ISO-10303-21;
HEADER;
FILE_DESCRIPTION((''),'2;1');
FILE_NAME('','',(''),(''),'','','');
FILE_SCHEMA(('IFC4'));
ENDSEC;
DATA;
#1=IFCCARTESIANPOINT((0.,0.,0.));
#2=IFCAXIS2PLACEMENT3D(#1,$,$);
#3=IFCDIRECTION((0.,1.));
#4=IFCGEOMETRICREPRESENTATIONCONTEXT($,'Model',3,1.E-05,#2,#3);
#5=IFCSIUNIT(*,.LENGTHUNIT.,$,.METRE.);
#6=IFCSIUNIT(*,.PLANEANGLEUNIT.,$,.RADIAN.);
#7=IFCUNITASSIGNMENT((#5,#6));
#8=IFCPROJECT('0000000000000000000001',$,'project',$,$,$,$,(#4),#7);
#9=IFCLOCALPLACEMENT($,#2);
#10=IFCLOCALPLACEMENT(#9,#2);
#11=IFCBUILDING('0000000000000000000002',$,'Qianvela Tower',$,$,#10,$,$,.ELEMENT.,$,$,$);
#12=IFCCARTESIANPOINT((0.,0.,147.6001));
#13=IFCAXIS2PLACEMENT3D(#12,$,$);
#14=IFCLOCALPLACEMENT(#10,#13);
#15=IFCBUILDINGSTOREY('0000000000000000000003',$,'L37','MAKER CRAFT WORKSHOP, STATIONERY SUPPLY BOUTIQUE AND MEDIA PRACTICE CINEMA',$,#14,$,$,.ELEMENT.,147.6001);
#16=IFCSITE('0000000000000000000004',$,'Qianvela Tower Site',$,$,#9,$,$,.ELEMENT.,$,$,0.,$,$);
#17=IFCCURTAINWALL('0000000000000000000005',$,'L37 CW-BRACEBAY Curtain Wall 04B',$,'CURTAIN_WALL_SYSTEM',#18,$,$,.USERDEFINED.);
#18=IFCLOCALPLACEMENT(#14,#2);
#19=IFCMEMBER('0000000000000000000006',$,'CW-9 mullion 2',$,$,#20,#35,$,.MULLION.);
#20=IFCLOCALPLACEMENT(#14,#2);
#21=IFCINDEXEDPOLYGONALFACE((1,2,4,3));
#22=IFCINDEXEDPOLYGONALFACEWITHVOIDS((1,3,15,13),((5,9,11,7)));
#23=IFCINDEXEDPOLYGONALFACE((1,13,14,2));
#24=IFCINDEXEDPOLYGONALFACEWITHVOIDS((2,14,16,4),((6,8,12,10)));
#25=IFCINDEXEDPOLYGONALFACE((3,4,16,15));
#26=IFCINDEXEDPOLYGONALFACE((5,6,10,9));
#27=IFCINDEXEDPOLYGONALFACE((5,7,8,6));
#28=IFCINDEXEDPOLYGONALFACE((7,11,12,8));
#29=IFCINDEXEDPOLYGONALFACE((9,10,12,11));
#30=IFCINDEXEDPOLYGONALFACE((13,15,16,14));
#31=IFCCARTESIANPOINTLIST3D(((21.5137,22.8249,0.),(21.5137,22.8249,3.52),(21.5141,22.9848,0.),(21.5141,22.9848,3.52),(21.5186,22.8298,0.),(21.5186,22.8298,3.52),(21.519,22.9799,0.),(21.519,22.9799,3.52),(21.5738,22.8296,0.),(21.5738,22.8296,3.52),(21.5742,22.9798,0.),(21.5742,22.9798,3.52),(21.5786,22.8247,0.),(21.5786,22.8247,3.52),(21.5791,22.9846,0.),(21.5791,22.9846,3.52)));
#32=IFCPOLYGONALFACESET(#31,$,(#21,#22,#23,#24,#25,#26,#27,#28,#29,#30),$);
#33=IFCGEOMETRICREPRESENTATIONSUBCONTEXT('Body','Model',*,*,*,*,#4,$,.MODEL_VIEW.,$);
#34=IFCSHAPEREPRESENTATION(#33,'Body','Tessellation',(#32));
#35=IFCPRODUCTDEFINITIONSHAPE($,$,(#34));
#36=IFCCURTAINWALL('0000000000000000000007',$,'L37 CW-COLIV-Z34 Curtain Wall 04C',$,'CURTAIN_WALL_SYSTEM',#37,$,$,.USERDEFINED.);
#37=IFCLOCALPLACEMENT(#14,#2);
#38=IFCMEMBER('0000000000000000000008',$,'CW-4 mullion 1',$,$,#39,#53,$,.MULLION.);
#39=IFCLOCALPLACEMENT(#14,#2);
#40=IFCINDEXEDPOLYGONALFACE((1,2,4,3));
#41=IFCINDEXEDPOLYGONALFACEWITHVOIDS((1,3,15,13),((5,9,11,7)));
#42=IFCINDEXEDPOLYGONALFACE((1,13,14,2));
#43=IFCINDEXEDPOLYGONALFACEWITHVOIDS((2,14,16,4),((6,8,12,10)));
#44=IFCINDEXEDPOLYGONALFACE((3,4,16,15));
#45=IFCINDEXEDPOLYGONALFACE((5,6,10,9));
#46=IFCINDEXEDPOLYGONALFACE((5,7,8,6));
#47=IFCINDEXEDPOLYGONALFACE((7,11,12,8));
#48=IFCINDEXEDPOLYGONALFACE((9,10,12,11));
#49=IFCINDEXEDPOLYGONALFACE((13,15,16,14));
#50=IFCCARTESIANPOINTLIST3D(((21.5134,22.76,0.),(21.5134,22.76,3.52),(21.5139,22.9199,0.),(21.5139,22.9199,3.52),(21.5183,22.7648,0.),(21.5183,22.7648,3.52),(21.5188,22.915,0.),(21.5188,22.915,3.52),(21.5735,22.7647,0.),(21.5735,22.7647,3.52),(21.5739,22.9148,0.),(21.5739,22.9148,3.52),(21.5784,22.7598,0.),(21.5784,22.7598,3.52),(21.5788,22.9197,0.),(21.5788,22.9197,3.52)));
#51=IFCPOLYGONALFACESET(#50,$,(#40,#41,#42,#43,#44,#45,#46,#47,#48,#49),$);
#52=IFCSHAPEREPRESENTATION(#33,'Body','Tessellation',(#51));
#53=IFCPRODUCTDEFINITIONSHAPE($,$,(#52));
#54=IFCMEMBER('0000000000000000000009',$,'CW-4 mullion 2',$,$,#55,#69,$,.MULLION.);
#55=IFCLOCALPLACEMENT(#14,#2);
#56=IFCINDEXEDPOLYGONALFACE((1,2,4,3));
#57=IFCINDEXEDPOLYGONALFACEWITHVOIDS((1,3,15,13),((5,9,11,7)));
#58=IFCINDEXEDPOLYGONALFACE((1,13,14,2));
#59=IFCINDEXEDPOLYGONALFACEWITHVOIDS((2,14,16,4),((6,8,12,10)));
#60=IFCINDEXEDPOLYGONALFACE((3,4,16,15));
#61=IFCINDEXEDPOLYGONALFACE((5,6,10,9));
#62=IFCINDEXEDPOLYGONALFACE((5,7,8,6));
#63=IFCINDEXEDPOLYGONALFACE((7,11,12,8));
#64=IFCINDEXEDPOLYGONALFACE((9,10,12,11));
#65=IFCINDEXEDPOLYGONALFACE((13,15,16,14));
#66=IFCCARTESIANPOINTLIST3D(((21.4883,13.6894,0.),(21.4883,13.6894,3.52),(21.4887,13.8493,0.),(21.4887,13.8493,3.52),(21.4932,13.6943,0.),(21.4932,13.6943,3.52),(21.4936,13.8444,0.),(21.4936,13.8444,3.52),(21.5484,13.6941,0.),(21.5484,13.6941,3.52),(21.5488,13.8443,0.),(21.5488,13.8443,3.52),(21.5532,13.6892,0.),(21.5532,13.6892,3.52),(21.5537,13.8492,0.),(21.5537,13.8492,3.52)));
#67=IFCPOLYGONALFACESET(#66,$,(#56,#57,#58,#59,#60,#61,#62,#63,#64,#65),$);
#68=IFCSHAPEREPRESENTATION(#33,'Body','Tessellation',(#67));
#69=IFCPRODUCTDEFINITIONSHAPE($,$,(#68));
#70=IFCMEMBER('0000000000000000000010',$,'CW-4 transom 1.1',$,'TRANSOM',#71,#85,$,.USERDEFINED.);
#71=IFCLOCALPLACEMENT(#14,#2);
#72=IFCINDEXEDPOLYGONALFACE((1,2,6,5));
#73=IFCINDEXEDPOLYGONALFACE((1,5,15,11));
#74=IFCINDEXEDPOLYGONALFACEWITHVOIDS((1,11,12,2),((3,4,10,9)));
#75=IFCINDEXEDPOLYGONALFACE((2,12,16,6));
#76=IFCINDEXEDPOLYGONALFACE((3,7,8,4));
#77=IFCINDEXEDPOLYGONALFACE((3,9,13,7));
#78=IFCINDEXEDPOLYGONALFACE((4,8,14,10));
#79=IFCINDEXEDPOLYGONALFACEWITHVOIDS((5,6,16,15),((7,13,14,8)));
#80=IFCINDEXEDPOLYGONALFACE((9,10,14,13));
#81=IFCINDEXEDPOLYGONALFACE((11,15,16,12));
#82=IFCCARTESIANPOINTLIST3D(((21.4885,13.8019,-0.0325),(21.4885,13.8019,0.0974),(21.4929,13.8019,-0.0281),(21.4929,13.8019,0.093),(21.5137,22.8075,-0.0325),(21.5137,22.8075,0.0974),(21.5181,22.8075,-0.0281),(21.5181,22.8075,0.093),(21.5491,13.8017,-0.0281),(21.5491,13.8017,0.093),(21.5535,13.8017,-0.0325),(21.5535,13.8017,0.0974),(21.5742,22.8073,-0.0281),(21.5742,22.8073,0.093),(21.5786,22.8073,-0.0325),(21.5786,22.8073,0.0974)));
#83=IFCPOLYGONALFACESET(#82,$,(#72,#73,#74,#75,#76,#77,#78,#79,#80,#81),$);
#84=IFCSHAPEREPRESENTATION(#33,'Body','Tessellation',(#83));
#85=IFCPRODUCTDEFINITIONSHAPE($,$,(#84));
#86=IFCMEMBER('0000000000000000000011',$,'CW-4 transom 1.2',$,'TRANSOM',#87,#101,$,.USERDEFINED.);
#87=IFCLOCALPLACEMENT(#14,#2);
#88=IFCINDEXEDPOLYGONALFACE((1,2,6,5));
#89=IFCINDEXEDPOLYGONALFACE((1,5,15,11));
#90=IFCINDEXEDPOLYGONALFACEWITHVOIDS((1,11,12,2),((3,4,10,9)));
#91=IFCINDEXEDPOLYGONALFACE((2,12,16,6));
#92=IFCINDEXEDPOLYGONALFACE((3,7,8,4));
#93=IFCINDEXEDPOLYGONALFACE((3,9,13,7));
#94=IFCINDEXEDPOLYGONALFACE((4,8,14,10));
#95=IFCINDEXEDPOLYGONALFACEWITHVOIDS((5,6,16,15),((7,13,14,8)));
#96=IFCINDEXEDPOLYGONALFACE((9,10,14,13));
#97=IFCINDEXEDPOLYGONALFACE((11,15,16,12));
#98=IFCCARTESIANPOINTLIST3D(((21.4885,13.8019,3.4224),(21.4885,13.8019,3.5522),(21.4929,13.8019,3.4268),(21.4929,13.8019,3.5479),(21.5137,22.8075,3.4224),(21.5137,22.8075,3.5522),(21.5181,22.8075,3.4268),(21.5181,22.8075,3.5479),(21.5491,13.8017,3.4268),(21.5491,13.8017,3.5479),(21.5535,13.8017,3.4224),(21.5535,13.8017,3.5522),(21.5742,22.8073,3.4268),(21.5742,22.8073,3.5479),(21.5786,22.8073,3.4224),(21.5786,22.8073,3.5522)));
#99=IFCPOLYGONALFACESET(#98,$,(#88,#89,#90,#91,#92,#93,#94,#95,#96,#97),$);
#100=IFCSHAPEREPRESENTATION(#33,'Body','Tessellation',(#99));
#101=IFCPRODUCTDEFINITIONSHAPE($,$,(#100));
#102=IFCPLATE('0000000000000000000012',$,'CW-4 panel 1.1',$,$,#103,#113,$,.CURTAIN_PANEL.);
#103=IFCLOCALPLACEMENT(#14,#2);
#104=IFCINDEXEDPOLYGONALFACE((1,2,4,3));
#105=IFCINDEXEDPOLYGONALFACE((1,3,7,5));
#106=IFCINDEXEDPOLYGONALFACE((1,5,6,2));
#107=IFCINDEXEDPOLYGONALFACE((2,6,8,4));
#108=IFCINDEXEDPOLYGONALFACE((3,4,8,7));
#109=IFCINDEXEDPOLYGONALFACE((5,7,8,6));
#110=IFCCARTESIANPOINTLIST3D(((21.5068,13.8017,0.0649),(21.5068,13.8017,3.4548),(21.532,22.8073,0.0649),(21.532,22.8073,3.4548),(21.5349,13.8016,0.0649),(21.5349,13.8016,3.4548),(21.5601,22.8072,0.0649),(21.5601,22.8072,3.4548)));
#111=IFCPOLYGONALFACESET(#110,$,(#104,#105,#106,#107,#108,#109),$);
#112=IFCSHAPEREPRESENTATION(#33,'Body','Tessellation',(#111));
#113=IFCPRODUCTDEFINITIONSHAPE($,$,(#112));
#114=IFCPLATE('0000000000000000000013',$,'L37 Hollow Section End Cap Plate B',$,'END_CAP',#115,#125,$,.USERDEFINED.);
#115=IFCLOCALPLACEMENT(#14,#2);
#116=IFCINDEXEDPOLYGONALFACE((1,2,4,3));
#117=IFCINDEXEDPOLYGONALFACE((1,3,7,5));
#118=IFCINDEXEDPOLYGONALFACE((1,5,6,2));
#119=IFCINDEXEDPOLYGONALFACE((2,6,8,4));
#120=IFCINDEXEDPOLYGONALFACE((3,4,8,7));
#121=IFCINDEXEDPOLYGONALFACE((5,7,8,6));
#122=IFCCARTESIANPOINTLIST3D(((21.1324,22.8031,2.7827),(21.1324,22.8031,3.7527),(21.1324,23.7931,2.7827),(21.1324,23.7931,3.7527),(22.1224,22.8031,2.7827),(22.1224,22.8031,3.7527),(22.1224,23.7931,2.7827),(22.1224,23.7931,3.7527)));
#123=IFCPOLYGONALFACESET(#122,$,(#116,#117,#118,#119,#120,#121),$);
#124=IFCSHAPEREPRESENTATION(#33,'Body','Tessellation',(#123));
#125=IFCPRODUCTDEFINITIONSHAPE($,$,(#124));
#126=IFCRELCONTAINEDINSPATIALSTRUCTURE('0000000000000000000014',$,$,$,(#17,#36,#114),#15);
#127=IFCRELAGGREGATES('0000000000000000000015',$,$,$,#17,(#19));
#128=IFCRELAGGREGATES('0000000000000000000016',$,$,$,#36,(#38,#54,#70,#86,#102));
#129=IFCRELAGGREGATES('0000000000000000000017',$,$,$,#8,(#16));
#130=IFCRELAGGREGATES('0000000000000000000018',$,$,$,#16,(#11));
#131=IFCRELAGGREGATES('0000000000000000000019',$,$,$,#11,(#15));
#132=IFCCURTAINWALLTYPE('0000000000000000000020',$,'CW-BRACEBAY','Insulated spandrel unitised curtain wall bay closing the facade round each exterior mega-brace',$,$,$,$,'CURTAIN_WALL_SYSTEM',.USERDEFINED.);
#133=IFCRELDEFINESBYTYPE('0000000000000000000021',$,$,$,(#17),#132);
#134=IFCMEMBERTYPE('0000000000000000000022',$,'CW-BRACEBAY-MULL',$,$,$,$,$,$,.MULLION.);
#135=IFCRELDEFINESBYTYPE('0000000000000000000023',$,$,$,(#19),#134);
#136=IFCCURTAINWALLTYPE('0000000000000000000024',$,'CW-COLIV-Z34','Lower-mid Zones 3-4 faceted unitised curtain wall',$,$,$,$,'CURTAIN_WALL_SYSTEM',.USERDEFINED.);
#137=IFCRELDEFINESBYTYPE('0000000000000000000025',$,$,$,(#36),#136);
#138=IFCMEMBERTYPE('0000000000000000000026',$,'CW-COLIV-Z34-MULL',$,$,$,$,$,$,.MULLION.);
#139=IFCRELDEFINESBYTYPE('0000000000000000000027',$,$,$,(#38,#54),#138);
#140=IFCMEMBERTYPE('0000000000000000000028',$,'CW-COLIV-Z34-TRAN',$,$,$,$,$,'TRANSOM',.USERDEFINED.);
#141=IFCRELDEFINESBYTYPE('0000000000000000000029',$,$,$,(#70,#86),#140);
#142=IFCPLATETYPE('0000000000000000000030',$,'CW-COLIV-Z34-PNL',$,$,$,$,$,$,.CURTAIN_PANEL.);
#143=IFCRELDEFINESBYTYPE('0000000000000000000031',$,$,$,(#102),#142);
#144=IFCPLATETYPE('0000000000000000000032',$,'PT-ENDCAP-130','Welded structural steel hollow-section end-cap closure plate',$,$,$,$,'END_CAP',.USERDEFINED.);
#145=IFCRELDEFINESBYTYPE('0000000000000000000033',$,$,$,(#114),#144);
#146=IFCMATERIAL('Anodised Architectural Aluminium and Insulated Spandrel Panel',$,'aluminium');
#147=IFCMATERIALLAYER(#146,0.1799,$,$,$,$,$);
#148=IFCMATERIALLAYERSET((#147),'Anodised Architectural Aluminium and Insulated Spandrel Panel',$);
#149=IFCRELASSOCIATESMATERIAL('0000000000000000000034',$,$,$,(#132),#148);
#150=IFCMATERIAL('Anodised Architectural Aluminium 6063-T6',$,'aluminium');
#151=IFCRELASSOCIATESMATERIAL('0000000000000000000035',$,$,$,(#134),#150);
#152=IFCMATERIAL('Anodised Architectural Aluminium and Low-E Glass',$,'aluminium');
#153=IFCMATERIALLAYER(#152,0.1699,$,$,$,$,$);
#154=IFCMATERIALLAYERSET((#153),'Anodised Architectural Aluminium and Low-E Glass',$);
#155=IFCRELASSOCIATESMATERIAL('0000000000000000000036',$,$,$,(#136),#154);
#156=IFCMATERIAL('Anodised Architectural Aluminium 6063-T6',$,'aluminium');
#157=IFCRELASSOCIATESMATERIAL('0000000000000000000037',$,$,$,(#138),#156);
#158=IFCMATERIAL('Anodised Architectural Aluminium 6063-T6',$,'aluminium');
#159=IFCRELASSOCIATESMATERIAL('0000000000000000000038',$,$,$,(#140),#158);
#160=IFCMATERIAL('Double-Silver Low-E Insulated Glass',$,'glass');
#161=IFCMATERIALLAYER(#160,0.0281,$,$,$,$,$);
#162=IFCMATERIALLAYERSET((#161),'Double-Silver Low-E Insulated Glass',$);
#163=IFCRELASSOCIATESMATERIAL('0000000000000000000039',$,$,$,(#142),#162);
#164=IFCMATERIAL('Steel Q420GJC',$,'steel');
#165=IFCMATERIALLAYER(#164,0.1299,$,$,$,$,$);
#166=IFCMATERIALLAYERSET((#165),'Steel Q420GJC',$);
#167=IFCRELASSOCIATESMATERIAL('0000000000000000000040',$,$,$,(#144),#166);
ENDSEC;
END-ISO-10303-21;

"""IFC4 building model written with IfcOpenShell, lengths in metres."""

from ifc_helpers import new_model, si_unit, direction, frame, origin, origin_2d, place, context, subcontext, project, spatial, rectangle, hollow_rectangle, extrude, material, layer, layer_set, material_profile, profile_set, type_object, element, aggregate, save


model = new_model("IFC4")

# Units and contexts
model_context = context("Model", 3, precision=1e-05, world=origin(), true_north=direction((0.0, 1.0)))
body_context = subcontext(model_context, "Body", "Model", "MODEL_VIEW")
ifc_project = project(units=[si_unit("LENGTHUNIT", "METRE"), si_unit("PLANEANGLEUNIT", "RADIAN")], contexts=[model_context])

# Site, building, storey
site_placement = place(None, origin())
site = spatial("IfcSite", under=ifc_project, at=site_placement, Name="Qianvela Tower Site", CompositionType="ELEMENT", RefElevation=0.0)
building_placement = place(site_placement, origin())
building = spatial("IfcBuilding", under=site, at=building_placement, Name="Qianvela Tower", CompositionType="ELEMENT")
storey_placement = place(building_placement, frame((0.0, 0.0, 147.6001)))
storey = spatial("IfcBuildingStorey", under=building, at=storey_placement, Name="L37", Description="MAKER CRAFT WORKSHOP, STATIONERY SUPPLY BOUTIQUE AND MEDIA PRACTICE CINEMA", CompositionType="ELEMENT", Elevation=147.6001)

# Curtain wall, member
ifc_material_1 = material(Name="Anodised Architectural Aluminium and Insulated Spandrel Panel", Category="aluminium")
ifc_layer_1 = layer(ifc_material_1, 0.1799)
ifc_layer_set_1 = layer_set([ifc_layer_1], Name="Anodised Architectural Aluminium and Insulated Spandrel Panel")
curtain_wall_type_1 = type_object("IfcCurtainWallType", Name="CW-BRACEBAY", Description="Insulated spandrel unitised curtain wall bay closing the facade round each exterior mega-brace", ElementType="CURTAIN_WALL_SYSTEM", PredefinedType="USERDEFINED", material=ifc_layer_set_1)
curtain_wall_1_placement = place(storey_placement, origin())
curtain_wall_1 = element("IfcCurtainWall", 1, at=curtain_wall_1_placement, inside=storey, type_object=curtain_wall_type_1, Name="L37 CW-BRACEBAY Curtain Wall 04B", ObjectType="CURTAIN_WALL_SYSTEM", PredefinedType="USERDEFINED")
ifc_material_2 = material(Name="Anodised Architectural Aluminium 6063-T6", Category="aluminium")
ifc_material_profile_1 = material_profile(ifc_material_2, hollow_rectangle(XDim=0.0649, YDim=0.1599, WallThickness=0.0049, at=origin_2d()), Name="ALU-MULL-65x160")
ifc_profile_set_1 = profile_set([ifc_material_profile_1], Name="Anodised Architectural Aluminium 6063-T6")
member_type_1 = type_object("IfcMemberType", Name="CW-BRACEBAY-MULL", PredefinedType="MULLION", material=ifc_profile_set_1)
member_1_placement = place(storey_placement, frame((21.5464, 22.9048, 0.0), z_axis=(0.0, 0.0, 1.0), x_axis=(0.999996, -0.002805, 0.0)))
member_1 = element("IfcMember", 2, at=member_1_placement, type_object=member_type_1, Name="CW-9 mullion 2", PredefinedType="MULLION", context=body_context, shape_type="SweptSolid", body=[
    extrude(hollow_rectangle(XDim=0.0649, YDim=0.1599, WallThickness=0.0049, at=origin_2d()), origin(), (0.0, 0.0, 1.0), 3.52),
])
aggregate(curtain_wall_1, [member_1])

# Curtain wall, members, plate
ifc_material_3 = material(Name="Anodised Architectural Aluminium and Low-E Glass", Category="aluminium")
ifc_layer_2 = layer(ifc_material_3, 0.1699)
ifc_layer_set_2 = layer_set([ifc_layer_2], Name="Anodised Architectural Aluminium and Low-E Glass")
curtain_wall_type_2 = type_object("IfcCurtainWallType", Name="CW-COLIV-Z34", Description="Lower-mid Zones 3-4 faceted unitised curtain wall", ElementType="CURTAIN_WALL_SYSTEM", PredefinedType="USERDEFINED", material=ifc_layer_set_2)
curtain_wall_2_placement = place(storey_placement, origin())
curtain_wall_2 = element("IfcCurtainWall", 3, at=curtain_wall_2_placement, inside=storey, type_object=curtain_wall_type_2, Name="L37 CW-COLIV-Z34 Curtain Wall 04C", ObjectType="CURTAIN_WALL_SYSTEM", PredefinedType="USERDEFINED")
ifc_material_4 = material(Name="Anodised Architectural Aluminium 6063-T6", Category="aluminium")
ifc_material_profile_2 = material_profile(ifc_material_4, hollow_rectangle(XDim=0.0649, YDim=0.1599, WallThickness=0.0049, at=origin_2d()), Name="ALU-MULL-65x160")
ifc_profile_set_2 = profile_set([ifc_material_profile_2], Name="Anodised Architectural Aluminium 6063-T6")
member_type_2 = type_object("IfcMemberType", Name="CW-COLIV-Z34-MULL", PredefinedType="MULLION", material=ifc_profile_set_2)
member_2_placement = place(storey_placement, frame((21.5461, 22.8398, 0.0), z_axis=(0.0, 0.0, 1.0), x_axis=(0.999996, -0.002791, 0.0)))
member_2 = element("IfcMember", 4, at=member_2_placement, type_object=member_type_2, Name="CW-4 mullion 1", PredefinedType="MULLION", context=body_context, shape_type="SweptSolid", body=[
    extrude(hollow_rectangle(XDim=0.0649, YDim=0.1599, WallThickness=0.0049, at=origin_2d()), origin(), (0.0, 0.0, 1.0), 3.52),
])
member_3_placement = place(storey_placement, frame((21.521, 13.7693, 0.0), z_axis=(0.0, 0.0, 1.0), x_axis=(0.999996, -0.002791, 0.0)))
member_3 = element("IfcMember", 5, at=member_3_placement, type_object=member_type_2, Name="CW-4 mullion 2", PredefinedType="MULLION", context=body_context, shape_type="SweptSolid", body=[
    extrude(hollow_rectangle(XDim=0.0649, YDim=0.1599, WallThickness=0.0049, at=origin_2d()), origin(), (0.0, 0.0, 1.0), 3.52),
])
ifc_material_5 = material(Name="Anodised Architectural Aluminium 6063-T6", Category="aluminium")
ifc_material_profile_3 = material_profile(ifc_material_5, hollow_rectangle(XDim=0.0649, YDim=0.1299, WallThickness=0.0044, at=origin_2d()), Name="ALU-TRAN-65x130")
ifc_profile_set_3 = profile_set([ifc_material_profile_3], Name="Anodised Architectural Aluminium 6063-T6")
member_type_3 = type_object("IfcMemberType", Name="CW-COLIV-Z34-TRAN", ElementType="TRANSOM", PredefinedType="USERDEFINED", material=ifc_profile_set_3)
member_4_placement = place(storey_placement, frame((21.5461, 22.8074, 0.0325), z_axis=(-0.002792, -0.999996, 0.0), x_axis=(0.999996, -0.002792, 0.0)))
member_4 = element("IfcMember", 6, at=member_4_placement, type_object=member_type_3, Name="CW-4 transom 1.1", ObjectType="TRANSOM", PredefinedType="USERDEFINED", context=body_context, shape_type="SweptSolid", body=[
    extrude(hollow_rectangle(XDim=0.0649, YDim=0.1299, WallThickness=0.0044, at=origin_2d()), origin(), (0.0, 0.0, 1.0), 9.0056),
])
member_5_placement = place(storey_placement, frame((21.5461, 22.8074, 3.4873), z_axis=(-0.002792, -0.999996, 0.0), x_axis=(0.999996, -0.002792, 0.0)))
member_5 = element("IfcMember", 7, at=member_5_placement, type_object=member_type_3, Name="CW-4 transom 1.2", ObjectType="TRANSOM", PredefinedType="USERDEFINED", context=body_context, shape_type="SweptSolid", body=[
    extrude(hollow_rectangle(XDim=0.0649, YDim=0.1299, WallThickness=0.0044, at=origin_2d()), origin(), (0.0, 0.0, 1.0), 9.0056),
])
ifc_material_6 = material(Name="Double-Silver Low-E Insulated Glass", Category="glass")
ifc_layer_3 = layer(ifc_material_6, 0.0281)
ifc_layer_set_3 = layer_set([ifc_layer_3], Name="Double-Silver Low-E Insulated Glass")
plate_type_1 = type_object("IfcPlateType", Name="CW-COLIV-Z34-PNL", PredefinedType="CURTAIN_PANEL", material=ifc_layer_set_3)
plate_1_placement = place(storey_placement, frame((21.5334, 18.3044, 0.0649), z_axis=(0.0, 0.0, 1.0), x_axis=(-0.002791, -0.999996, 0.0)))
plate_1 = element("IfcPlate", 8, at=plate_1_placement, type_object=plate_type_1, Name="CW-4 panel 1.1", PredefinedType="CURTAIN_PANEL", context=body_context, shape_type="SweptSolid", body=[
    extrude(rectangle(XDim=9.0056, YDim=0.0281, at=origin_2d()), origin(), (0.0, 0.0, 1.0), 3.3899),
])
aggregate(curtain_wall_2, [member_2, member_3, member_4, member_5, plate_1])

# Plate
ifc_material_7 = material(Name="Steel Q420GJC", Category="steel")
ifc_layer_4 = layer(ifc_material_7, 0.1299)
ifc_layer_set_4 = layer_set([ifc_layer_4], Name="Steel Q420GJC")
plate_type_2 = type_object("IfcPlateType", Name="PT-ENDCAP-130", Description="Welded structural steel hollow-section end-cap closure plate", ElementType="END_CAP", PredefinedType="USERDEFINED", material=ifc_layer_set_4)
plate_2_placement = place(storey_placement, frame((21.6274, 23.2981, 2.7827), z_axis=(0.0, 0.0, 1.0), x_axis=(1.0, 0.0, 0.0)))
element("IfcPlate", 9, at=plate_2_placement, inside=storey, type_object=plate_type_2, Name="L37 Hollow Section End Cap Plate B", ObjectType="END_CAP", PredefinedType="USERDEFINED", context=body_context, shape_type="SweptSolid", body=[
    extrude(rectangle(XDim=0.99, YDim=0.99, at=origin_2d()), origin(), (0.0, 0.0, 1.0), 0.97),
])

save(model, "model.ifc")
